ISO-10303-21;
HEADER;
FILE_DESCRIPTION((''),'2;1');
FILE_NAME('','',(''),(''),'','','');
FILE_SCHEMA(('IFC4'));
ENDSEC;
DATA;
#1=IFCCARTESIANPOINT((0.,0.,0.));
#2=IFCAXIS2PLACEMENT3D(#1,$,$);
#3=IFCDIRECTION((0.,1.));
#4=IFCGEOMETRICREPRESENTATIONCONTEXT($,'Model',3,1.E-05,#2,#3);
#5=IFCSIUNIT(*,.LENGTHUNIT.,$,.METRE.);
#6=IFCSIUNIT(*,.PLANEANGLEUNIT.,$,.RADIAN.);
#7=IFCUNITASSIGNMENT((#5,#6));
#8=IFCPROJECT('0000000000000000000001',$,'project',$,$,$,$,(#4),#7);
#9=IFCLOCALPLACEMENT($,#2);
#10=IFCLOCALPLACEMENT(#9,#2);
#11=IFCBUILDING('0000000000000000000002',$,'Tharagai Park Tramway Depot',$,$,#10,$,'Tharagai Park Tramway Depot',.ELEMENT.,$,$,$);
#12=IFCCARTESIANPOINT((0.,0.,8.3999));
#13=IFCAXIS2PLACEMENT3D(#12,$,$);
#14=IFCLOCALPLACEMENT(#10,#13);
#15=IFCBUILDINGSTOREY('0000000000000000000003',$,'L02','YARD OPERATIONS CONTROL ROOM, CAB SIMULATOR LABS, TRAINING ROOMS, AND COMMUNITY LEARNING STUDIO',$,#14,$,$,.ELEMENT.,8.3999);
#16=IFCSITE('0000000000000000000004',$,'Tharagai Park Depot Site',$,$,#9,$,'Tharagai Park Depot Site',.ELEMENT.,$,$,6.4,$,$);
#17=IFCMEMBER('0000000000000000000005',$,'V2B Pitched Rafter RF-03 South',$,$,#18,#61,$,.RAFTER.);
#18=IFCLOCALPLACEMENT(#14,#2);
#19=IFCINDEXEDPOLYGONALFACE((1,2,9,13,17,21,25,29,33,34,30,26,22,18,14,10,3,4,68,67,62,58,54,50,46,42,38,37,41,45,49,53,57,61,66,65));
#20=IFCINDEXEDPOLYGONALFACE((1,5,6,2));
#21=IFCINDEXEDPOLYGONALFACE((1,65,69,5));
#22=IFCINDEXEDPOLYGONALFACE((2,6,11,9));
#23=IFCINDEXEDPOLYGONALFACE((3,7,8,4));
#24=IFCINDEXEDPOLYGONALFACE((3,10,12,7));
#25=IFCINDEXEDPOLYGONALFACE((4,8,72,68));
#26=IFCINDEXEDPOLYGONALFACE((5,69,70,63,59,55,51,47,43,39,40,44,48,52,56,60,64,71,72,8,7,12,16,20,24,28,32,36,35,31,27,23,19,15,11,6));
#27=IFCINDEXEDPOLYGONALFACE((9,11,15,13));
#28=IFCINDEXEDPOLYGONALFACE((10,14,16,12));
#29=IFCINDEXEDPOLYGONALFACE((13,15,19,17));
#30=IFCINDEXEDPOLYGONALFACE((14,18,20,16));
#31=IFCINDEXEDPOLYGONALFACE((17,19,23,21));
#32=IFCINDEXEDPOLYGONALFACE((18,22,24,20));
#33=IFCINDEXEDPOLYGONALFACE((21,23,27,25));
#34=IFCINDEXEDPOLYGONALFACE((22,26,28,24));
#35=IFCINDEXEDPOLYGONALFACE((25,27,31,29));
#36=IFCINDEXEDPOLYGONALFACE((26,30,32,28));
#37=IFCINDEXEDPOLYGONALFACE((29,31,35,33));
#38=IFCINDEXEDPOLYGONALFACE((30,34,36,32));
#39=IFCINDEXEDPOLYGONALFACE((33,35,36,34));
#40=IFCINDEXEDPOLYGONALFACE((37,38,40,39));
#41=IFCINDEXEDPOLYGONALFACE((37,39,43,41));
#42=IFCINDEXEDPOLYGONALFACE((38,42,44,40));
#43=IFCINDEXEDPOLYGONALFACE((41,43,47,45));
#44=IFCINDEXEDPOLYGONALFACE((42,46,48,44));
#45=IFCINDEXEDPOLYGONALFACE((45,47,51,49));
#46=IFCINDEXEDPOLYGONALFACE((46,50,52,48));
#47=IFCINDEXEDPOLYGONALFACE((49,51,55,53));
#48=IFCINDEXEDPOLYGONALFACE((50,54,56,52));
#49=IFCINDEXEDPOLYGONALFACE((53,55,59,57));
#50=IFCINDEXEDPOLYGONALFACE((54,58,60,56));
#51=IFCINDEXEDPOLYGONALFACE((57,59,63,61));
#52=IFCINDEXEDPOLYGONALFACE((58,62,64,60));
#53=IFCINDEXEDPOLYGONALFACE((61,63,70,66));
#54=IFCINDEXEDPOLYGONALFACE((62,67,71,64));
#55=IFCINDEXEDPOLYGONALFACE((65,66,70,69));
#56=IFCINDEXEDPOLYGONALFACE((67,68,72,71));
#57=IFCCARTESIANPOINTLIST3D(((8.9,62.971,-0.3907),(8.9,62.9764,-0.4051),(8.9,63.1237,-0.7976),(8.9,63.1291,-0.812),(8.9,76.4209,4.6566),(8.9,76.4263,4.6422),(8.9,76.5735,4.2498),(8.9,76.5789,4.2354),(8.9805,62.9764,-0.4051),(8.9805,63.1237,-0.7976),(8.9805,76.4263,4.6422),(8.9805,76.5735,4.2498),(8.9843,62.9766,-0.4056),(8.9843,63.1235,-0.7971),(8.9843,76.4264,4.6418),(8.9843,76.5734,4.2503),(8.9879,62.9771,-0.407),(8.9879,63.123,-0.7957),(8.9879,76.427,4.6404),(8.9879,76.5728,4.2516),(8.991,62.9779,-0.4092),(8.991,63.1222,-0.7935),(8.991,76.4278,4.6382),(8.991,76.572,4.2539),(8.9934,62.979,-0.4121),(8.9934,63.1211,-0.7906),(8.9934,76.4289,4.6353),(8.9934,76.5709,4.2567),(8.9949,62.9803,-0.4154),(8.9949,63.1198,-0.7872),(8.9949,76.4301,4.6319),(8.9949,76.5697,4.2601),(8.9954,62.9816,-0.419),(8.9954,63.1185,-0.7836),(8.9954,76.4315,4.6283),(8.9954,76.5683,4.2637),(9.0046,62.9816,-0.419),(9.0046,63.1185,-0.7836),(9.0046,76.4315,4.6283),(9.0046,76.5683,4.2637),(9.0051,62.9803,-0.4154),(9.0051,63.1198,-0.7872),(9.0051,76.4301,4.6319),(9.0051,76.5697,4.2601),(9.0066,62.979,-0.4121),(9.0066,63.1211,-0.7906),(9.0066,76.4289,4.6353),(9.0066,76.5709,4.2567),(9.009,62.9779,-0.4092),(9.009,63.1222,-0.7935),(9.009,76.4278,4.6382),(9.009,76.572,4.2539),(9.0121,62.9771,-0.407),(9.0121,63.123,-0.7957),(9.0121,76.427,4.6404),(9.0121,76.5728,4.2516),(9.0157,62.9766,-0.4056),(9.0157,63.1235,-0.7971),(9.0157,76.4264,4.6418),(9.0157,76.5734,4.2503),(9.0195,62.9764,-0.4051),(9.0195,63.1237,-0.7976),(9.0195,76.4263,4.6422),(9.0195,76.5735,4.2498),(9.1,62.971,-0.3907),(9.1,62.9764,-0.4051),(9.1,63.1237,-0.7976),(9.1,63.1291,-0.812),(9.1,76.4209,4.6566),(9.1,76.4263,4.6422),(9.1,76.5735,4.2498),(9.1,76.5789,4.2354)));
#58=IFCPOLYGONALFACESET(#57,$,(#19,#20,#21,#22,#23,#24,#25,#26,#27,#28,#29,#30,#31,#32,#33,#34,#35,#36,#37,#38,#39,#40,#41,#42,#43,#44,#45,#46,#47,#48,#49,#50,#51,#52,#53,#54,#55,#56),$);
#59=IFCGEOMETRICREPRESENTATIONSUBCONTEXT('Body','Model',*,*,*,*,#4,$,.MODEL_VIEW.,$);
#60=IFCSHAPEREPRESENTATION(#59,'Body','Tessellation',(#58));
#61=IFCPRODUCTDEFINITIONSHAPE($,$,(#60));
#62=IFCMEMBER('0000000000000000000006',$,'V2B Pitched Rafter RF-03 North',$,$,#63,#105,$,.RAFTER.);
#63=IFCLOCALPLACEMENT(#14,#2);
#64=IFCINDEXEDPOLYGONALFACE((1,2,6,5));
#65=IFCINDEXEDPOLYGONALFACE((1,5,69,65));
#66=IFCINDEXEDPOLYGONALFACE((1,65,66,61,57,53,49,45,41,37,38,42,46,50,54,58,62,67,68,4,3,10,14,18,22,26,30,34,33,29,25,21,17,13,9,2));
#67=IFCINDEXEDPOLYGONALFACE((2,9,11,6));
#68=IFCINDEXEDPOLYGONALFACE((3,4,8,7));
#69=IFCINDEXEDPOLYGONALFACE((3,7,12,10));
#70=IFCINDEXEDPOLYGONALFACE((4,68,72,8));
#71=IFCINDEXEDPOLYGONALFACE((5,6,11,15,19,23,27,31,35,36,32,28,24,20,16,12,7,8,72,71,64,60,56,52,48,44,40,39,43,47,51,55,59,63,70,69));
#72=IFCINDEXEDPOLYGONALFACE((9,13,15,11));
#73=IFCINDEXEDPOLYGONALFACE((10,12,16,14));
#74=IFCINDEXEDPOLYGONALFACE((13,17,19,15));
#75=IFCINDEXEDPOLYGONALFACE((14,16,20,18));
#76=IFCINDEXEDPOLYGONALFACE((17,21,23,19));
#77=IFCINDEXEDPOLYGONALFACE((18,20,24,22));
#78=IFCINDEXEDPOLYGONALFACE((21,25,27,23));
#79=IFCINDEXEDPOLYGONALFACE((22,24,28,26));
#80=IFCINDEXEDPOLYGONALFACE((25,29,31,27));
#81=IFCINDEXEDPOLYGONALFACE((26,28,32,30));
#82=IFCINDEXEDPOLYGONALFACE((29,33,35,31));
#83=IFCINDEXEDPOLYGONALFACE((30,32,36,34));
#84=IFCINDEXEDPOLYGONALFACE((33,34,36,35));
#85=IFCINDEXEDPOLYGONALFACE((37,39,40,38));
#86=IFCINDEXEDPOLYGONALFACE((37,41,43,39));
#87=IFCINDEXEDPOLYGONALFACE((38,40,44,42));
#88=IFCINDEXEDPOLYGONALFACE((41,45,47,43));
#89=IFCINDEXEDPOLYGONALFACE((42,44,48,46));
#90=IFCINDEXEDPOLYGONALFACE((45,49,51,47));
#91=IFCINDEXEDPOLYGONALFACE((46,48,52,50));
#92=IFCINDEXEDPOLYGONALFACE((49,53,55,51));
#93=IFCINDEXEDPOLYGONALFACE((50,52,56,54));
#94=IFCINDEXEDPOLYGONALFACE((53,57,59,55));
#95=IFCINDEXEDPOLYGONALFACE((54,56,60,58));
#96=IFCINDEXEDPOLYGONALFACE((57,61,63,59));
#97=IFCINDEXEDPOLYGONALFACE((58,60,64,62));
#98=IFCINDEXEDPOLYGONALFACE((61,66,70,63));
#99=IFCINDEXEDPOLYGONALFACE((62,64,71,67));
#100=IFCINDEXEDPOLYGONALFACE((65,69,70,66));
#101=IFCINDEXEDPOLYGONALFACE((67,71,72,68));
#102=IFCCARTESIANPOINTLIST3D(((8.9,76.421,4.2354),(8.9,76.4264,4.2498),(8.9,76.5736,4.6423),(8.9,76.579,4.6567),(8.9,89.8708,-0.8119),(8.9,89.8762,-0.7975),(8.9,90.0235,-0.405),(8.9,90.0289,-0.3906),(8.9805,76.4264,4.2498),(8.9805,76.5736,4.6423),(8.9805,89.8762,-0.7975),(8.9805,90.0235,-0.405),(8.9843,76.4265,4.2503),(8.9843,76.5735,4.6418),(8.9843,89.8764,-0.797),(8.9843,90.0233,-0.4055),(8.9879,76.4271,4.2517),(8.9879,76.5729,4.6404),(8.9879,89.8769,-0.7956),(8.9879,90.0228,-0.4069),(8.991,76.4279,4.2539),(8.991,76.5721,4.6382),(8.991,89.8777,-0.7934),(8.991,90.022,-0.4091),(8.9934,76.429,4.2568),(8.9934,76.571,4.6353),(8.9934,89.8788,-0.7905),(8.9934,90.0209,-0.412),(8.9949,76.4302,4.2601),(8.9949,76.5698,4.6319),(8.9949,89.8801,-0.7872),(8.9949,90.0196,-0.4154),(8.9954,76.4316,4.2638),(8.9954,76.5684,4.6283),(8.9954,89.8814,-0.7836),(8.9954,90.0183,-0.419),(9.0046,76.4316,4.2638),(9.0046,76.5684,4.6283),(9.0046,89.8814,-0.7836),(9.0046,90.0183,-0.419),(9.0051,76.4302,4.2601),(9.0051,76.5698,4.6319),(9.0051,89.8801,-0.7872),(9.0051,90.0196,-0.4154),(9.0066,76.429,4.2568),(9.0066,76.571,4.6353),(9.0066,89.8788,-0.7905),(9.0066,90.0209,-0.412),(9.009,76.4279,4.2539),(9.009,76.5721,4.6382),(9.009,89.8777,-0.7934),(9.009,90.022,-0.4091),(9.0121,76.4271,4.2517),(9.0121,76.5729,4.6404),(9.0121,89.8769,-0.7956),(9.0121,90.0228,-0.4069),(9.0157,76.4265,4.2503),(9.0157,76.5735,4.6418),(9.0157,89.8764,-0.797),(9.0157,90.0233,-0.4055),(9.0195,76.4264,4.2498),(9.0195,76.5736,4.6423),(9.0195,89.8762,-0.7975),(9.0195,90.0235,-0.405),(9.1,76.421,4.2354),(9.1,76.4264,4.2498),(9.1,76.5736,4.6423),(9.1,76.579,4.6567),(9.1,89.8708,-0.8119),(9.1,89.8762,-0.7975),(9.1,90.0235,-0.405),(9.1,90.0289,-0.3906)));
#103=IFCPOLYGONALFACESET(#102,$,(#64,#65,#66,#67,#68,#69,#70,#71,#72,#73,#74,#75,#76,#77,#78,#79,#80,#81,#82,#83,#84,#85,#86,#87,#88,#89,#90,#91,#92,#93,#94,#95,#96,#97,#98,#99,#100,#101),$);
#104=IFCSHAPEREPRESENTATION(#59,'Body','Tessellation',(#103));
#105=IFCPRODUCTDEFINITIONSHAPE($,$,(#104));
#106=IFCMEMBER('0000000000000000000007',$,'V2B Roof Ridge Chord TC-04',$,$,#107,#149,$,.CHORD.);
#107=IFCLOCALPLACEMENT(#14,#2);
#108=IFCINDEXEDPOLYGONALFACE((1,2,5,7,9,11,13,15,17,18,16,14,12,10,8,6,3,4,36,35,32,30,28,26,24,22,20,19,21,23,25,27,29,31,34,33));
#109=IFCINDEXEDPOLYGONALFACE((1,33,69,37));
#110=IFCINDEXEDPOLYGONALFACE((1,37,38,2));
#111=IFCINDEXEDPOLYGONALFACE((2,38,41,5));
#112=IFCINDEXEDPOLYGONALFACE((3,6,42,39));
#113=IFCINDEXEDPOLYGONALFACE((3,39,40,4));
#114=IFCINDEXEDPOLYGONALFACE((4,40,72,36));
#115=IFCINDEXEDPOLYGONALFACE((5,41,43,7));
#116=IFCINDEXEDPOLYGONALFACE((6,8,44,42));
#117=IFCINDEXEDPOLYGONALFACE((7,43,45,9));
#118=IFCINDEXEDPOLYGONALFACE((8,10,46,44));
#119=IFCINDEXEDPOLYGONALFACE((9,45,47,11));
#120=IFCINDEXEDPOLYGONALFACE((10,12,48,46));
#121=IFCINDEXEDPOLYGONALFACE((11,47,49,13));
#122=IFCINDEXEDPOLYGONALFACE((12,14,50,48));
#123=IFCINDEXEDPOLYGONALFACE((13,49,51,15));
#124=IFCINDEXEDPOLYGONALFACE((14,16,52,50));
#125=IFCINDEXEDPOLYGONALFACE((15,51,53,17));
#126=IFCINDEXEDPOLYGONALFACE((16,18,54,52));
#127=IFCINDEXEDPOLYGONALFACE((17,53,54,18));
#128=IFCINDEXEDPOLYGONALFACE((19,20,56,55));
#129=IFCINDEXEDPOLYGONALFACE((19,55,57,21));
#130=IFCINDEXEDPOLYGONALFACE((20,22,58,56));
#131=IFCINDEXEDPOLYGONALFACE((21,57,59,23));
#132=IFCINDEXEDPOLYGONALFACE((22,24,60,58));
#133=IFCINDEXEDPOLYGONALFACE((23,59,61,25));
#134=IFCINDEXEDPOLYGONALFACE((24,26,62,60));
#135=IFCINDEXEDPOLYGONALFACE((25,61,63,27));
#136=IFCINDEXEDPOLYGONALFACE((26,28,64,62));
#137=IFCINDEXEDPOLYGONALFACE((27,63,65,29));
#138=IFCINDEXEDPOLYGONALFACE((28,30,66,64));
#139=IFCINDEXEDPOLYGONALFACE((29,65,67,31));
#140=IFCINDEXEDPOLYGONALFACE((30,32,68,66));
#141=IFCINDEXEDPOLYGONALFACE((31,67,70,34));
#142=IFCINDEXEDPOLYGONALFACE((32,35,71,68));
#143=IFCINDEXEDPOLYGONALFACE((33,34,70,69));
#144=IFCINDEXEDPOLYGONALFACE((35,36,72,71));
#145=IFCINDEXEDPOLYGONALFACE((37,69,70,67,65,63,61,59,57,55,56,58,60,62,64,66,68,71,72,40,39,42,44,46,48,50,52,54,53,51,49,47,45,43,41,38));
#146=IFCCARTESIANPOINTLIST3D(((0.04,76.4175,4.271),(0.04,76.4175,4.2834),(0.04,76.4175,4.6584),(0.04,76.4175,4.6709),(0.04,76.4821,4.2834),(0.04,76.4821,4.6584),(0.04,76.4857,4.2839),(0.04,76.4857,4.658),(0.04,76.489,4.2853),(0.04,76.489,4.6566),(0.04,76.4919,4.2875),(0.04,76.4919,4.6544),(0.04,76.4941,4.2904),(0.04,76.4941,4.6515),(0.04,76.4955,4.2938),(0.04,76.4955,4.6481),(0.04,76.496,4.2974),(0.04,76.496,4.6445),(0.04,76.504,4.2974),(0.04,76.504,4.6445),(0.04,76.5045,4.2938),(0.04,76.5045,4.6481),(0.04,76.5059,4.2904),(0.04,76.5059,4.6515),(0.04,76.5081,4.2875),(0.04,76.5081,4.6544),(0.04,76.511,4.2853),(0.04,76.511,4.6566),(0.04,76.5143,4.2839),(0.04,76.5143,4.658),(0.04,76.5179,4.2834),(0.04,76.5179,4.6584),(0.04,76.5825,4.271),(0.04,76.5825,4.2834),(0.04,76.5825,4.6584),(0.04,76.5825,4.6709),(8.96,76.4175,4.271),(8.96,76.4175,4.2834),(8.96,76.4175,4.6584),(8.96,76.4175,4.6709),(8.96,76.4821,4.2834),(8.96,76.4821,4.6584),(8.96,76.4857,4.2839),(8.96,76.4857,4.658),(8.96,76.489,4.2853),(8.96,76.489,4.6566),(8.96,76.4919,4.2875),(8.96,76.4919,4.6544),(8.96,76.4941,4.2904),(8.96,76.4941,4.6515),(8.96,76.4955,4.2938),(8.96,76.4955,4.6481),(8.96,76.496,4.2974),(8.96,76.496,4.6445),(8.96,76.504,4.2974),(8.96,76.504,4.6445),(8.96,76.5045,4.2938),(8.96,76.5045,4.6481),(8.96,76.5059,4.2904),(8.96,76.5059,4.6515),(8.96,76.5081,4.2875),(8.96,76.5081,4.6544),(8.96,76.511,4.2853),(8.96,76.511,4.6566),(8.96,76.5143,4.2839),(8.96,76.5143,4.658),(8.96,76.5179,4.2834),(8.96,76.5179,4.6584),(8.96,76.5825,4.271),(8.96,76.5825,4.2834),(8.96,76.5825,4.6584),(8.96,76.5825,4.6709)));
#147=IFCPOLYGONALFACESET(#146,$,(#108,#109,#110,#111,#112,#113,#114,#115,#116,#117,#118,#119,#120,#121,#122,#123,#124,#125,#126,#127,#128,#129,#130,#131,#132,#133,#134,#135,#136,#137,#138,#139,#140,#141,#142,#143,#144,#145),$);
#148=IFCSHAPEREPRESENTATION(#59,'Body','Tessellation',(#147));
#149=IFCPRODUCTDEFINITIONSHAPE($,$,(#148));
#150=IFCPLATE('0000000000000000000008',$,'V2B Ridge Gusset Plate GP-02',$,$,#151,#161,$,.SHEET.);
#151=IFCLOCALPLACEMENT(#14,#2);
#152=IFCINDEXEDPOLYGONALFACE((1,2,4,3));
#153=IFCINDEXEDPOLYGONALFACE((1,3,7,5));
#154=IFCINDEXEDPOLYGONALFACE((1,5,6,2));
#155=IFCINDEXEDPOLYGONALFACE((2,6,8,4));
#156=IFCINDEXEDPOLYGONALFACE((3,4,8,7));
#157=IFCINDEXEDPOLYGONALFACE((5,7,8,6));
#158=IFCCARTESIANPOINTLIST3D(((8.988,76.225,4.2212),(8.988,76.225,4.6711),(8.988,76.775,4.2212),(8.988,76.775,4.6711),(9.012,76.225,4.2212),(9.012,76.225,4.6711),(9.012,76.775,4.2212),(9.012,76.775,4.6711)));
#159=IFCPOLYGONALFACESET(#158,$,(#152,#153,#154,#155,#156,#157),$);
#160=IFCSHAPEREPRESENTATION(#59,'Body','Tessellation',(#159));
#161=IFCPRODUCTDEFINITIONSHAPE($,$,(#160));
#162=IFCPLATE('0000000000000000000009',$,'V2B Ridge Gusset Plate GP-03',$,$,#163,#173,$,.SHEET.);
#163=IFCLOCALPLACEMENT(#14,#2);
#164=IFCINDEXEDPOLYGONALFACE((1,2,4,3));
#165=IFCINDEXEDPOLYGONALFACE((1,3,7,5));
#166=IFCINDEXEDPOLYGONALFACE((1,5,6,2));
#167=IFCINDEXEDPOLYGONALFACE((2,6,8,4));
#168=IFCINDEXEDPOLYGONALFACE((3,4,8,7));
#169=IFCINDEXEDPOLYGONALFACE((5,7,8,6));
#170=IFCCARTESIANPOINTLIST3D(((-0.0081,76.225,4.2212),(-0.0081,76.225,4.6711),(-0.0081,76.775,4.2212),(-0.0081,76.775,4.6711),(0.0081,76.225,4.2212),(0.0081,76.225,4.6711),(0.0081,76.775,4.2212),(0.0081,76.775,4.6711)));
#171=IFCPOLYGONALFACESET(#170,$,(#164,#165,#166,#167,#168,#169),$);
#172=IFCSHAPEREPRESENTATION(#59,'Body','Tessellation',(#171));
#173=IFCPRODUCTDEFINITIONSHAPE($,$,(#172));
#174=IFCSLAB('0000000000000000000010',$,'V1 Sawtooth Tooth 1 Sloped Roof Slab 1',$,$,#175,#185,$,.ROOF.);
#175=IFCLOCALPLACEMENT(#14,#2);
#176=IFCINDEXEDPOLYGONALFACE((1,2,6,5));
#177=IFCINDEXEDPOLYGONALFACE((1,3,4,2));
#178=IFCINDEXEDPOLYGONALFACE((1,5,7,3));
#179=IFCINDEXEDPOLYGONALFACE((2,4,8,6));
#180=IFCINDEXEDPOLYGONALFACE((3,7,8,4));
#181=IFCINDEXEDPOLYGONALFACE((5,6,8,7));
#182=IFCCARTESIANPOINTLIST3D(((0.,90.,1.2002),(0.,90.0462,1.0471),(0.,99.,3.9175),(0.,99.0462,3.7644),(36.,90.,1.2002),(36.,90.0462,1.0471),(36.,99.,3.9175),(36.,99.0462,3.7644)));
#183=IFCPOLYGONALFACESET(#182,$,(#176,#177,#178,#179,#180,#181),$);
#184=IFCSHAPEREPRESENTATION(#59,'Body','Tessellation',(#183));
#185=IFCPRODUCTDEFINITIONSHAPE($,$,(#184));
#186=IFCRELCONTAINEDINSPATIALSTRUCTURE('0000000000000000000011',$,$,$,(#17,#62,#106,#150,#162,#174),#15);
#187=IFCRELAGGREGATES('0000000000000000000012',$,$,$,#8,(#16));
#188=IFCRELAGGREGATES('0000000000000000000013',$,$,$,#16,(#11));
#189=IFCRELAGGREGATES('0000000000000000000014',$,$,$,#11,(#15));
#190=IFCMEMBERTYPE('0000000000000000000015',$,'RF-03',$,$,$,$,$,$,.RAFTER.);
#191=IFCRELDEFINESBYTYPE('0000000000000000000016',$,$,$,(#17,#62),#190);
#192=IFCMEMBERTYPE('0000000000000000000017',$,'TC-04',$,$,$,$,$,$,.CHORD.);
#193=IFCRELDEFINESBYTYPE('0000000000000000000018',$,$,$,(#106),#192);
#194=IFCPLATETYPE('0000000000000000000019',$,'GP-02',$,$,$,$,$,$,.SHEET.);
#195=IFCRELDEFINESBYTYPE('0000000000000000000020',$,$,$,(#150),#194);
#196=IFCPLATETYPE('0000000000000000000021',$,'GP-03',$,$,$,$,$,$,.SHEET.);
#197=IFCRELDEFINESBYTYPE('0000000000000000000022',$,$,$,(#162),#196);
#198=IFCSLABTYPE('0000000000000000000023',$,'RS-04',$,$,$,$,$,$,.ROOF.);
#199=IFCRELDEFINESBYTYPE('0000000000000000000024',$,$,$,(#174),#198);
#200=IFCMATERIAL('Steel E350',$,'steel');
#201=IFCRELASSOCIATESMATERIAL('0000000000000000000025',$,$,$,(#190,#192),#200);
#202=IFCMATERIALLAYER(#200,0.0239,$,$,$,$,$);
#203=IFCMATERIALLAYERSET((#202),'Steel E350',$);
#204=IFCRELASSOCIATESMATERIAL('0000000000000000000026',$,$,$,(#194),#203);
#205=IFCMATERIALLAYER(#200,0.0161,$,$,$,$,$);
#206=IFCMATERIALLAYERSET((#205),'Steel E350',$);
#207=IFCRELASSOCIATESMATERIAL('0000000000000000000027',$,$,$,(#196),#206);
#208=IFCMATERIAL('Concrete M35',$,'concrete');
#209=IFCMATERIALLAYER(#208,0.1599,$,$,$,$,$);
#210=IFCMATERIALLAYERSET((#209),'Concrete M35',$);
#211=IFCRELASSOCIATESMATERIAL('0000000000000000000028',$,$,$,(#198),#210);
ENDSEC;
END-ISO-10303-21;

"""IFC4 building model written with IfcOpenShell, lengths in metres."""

from ifc_helpers import new_model, si_unit, direction, frame, origin, origin_2d, place, context, subcontext, project, spatial, polyline, rectangle, i_section, outline, extrude, material, layer, layer_set, material_profile, profile_set, type_object, element, save


model = new_model("IFC4")

# Units and contexts
model_context = context("Model", 3, precision=1e-05, world=origin(), true_north=direction((0.0, 1.0)))
body_context = subcontext(model_context, "Body", "Model", "MODEL_VIEW")
ifc_project = project(units=[si_unit("LENGTHUNIT", "METRE"), si_unit("PLANEANGLEUNIT", "RADIAN")], contexts=[model_context])

# Site, building, storey
site_placement = place(None, origin())
site = spatial("IfcSite", under=ifc_project, at=site_placement, Name="Tharagai Park Depot Site", LongName="Tharagai Park Depot Site", CompositionType="ELEMENT", RefElevation=6.4)
building_placement = place(site_placement, origin())
building = spatial("IfcBuilding", under=site, at=building_placement, Name="Tharagai Park Tramway Depot", LongName="Tharagai Park Tramway Depot", CompositionType="ELEMENT")
storey_placement = place(building_placement, frame((0.0, 0.0, 8.3999)))
storey = spatial("IfcBuildingStorey", under=building, at=storey_placement, Name="L02", Description="YARD OPERATIONS CONTROL ROOM, CAB SIMULATOR LABS, TRAINING ROOMS, AND COMMUNITY LEARNING STUDIO", CompositionType="ELEMENT", Elevation=8.3999)

# Shared definitions
ifc_material_1 = material(Name="Steel E350", Category="steel")

# Members
ifc_material_profile_1 = material_profile(ifc_material_1, i_section(OverallWidth=0.2, OverallDepth=0.45, WebThickness=0.0093, FlangeThickness=0.0154, FilletRadius=0.0149, at=origin_2d()), Name="ISWB 450")
ifc_profile_set_1 = profile_set([ifc_material_profile_1], Name="Steel E350")
member_type_1 = type_object("IfcMemberType", Name="RF-03", PredefinedType="RAFTER", material=ifc_profile_set_1)
for number, where, z_axis, x_axis, name in (
    (1, (9.0, 63.05, -0.6013), (0.0, 0.936246, 0.351345), (-1.0, 0.0, 0.0), "V2B Pitched Rafter RF-03 South"),
    (2, (9.0, 76.5, 4.446), (0.0, 0.936246, -0.351345), (-1.0, 0.0, 0.0), "V2B Pitched Rafter RF-03 North"),
):
    element("IfcMember", number, at=place(storey_placement, frame(where, z_axis=z_axis, x_axis=x_axis)), inside=storey, type_object=member_type_1, Name=name, PredefinedType="RAFTER", context=body_context, shape_type="SweptSolid", body=[
        extrude(i_section(OverallWidth=0.2, OverallDepth=0.45, WebThickness=0.0093, FlangeThickness=0.0154, FilletRadius=0.0149, at=origin_2d()), origin(), (0.0, 0.0, 1.0), 14.3657),
    ])
ifc_material_profile_2 = material_profile(ifc_material_1, i_section(OverallWidth=0.165, OverallDepth=0.3999, WebThickness=0.0081, FlangeThickness=0.0125, FilletRadius=0.0139, at=origin_2d()), Name="ISLB 400")
ifc_profile_set_2 = profile_set([ifc_material_profile_2], Name="Steel E350")
member_type_2 = type_object("IfcMemberType", Name="TC-04", PredefinedType="CHORD", material=ifc_profile_set_2)
member_placement = place(storey_placement, frame((0.04, 76.5, 4.4709), z_axis=(1.0, 0.0, 0.0), x_axis=(0.0, 1.0, 0.0)))
element("IfcMember", 3, at=member_placement, inside=storey, type_object=member_type_2, Name="V2B Roof Ridge Chord TC-04", PredefinedType="CHORD", context=body_context, shape_type="SweptSolid", body=[
    extrude(i_section(OverallWidth=0.165, OverallDepth=0.3999, WebThickness=0.0081, FlangeThickness=0.0125, FilletRadius=0.0139, at=origin_2d()), origin(), (0.0, 0.0, 1.0), 8.9199),
])

# Plates
ifc_layer_1 = layer(ifc_material_1, 0.0239)
ifc_layer_set_1 = layer_set([ifc_layer_1], Name="Steel E350")
plate_type_1 = type_object("IfcPlateType", Name="GP-02", PredefinedType="SHEET", material=ifc_layer_set_1)
plate_1_placement = place(storey_placement, frame((9.0, 76.5, 4.2212), z_axis=(0.0, 0.0, 1.0), x_axis=(1.0, 0.0, 0.0)))
element("IfcPlate", 4, at=plate_1_placement, inside=storey, type_object=plate_type_1, Name="V2B Ridge Gusset Plate GP-02", PredefinedType="SHEET", context=body_context, shape_type="SweptSolid", body=[
    extrude(rectangle(XDim=0.0239, YDim=0.55, at=origin_2d()), origin(), (0.0, 0.0, 1.0), 0.45),
])
ifc_layer_2 = layer(ifc_material_1, 0.0161)
ifc_layer_set_2 = layer_set([ifc_layer_2], Name="Steel E350")
plate_type_2 = type_object("IfcPlateType", Name="GP-03", PredefinedType="SHEET", material=ifc_layer_set_2)
plate_2_placement = place(storey_placement, frame((0.0, 76.5, 4.2212), z_axis=(0.0, 0.0, 1.0), x_axis=(1.0, 0.0, 0.0)))
element("IfcPlate", 5, at=plate_2_placement, inside=storey, type_object=plate_type_2, Name="V2B Ridge Gusset Plate GP-03", PredefinedType="SHEET", context=body_context, shape_type="SweptSolid", body=[
    extrude(rectangle(XDim=0.0161, YDim=0.55, at=origin_2d()), origin(), (0.0, 0.0, 1.0), 0.45),
])

# Slab
ifc_material_2 = material(Name="Concrete M35", Category="concrete")
ifc_layer_3 = layer(ifc_material_2, 0.1599)
ifc_layer_set_3 = layer_set([ifc_layer_3], Name="Concrete M35")
slab_type = type_object("IfcSlabType", Name="RS-04", PredefinedType="ROOF", material=ifc_layer_set_3)
slab_placement = place(storey_placement, frame((0.0, 90.0, 1.2002), z_axis=(0.0, -0.289034, 0.957319), x_axis=(1.0, 0.0, 0.0)))
element("IfcSlab", 6, at=slab_placement, inside=storey, type_object=slab_type, Name="V1 Sawtooth Tooth 1 Sloped Roof Slab 1", PredefinedType="ROOF", context=body_context, shape_type="SweptSolid", body=[
    extrude(outline(polyline([(0.0, 0.0), (36.0, 0.0), (36.0, 9.4013), (0.0, 9.4013), (0.0, 0.0)])), origin(), (0.0, 0.0, -1.0), 0.1599),
])

save(model, "model.ifc")
